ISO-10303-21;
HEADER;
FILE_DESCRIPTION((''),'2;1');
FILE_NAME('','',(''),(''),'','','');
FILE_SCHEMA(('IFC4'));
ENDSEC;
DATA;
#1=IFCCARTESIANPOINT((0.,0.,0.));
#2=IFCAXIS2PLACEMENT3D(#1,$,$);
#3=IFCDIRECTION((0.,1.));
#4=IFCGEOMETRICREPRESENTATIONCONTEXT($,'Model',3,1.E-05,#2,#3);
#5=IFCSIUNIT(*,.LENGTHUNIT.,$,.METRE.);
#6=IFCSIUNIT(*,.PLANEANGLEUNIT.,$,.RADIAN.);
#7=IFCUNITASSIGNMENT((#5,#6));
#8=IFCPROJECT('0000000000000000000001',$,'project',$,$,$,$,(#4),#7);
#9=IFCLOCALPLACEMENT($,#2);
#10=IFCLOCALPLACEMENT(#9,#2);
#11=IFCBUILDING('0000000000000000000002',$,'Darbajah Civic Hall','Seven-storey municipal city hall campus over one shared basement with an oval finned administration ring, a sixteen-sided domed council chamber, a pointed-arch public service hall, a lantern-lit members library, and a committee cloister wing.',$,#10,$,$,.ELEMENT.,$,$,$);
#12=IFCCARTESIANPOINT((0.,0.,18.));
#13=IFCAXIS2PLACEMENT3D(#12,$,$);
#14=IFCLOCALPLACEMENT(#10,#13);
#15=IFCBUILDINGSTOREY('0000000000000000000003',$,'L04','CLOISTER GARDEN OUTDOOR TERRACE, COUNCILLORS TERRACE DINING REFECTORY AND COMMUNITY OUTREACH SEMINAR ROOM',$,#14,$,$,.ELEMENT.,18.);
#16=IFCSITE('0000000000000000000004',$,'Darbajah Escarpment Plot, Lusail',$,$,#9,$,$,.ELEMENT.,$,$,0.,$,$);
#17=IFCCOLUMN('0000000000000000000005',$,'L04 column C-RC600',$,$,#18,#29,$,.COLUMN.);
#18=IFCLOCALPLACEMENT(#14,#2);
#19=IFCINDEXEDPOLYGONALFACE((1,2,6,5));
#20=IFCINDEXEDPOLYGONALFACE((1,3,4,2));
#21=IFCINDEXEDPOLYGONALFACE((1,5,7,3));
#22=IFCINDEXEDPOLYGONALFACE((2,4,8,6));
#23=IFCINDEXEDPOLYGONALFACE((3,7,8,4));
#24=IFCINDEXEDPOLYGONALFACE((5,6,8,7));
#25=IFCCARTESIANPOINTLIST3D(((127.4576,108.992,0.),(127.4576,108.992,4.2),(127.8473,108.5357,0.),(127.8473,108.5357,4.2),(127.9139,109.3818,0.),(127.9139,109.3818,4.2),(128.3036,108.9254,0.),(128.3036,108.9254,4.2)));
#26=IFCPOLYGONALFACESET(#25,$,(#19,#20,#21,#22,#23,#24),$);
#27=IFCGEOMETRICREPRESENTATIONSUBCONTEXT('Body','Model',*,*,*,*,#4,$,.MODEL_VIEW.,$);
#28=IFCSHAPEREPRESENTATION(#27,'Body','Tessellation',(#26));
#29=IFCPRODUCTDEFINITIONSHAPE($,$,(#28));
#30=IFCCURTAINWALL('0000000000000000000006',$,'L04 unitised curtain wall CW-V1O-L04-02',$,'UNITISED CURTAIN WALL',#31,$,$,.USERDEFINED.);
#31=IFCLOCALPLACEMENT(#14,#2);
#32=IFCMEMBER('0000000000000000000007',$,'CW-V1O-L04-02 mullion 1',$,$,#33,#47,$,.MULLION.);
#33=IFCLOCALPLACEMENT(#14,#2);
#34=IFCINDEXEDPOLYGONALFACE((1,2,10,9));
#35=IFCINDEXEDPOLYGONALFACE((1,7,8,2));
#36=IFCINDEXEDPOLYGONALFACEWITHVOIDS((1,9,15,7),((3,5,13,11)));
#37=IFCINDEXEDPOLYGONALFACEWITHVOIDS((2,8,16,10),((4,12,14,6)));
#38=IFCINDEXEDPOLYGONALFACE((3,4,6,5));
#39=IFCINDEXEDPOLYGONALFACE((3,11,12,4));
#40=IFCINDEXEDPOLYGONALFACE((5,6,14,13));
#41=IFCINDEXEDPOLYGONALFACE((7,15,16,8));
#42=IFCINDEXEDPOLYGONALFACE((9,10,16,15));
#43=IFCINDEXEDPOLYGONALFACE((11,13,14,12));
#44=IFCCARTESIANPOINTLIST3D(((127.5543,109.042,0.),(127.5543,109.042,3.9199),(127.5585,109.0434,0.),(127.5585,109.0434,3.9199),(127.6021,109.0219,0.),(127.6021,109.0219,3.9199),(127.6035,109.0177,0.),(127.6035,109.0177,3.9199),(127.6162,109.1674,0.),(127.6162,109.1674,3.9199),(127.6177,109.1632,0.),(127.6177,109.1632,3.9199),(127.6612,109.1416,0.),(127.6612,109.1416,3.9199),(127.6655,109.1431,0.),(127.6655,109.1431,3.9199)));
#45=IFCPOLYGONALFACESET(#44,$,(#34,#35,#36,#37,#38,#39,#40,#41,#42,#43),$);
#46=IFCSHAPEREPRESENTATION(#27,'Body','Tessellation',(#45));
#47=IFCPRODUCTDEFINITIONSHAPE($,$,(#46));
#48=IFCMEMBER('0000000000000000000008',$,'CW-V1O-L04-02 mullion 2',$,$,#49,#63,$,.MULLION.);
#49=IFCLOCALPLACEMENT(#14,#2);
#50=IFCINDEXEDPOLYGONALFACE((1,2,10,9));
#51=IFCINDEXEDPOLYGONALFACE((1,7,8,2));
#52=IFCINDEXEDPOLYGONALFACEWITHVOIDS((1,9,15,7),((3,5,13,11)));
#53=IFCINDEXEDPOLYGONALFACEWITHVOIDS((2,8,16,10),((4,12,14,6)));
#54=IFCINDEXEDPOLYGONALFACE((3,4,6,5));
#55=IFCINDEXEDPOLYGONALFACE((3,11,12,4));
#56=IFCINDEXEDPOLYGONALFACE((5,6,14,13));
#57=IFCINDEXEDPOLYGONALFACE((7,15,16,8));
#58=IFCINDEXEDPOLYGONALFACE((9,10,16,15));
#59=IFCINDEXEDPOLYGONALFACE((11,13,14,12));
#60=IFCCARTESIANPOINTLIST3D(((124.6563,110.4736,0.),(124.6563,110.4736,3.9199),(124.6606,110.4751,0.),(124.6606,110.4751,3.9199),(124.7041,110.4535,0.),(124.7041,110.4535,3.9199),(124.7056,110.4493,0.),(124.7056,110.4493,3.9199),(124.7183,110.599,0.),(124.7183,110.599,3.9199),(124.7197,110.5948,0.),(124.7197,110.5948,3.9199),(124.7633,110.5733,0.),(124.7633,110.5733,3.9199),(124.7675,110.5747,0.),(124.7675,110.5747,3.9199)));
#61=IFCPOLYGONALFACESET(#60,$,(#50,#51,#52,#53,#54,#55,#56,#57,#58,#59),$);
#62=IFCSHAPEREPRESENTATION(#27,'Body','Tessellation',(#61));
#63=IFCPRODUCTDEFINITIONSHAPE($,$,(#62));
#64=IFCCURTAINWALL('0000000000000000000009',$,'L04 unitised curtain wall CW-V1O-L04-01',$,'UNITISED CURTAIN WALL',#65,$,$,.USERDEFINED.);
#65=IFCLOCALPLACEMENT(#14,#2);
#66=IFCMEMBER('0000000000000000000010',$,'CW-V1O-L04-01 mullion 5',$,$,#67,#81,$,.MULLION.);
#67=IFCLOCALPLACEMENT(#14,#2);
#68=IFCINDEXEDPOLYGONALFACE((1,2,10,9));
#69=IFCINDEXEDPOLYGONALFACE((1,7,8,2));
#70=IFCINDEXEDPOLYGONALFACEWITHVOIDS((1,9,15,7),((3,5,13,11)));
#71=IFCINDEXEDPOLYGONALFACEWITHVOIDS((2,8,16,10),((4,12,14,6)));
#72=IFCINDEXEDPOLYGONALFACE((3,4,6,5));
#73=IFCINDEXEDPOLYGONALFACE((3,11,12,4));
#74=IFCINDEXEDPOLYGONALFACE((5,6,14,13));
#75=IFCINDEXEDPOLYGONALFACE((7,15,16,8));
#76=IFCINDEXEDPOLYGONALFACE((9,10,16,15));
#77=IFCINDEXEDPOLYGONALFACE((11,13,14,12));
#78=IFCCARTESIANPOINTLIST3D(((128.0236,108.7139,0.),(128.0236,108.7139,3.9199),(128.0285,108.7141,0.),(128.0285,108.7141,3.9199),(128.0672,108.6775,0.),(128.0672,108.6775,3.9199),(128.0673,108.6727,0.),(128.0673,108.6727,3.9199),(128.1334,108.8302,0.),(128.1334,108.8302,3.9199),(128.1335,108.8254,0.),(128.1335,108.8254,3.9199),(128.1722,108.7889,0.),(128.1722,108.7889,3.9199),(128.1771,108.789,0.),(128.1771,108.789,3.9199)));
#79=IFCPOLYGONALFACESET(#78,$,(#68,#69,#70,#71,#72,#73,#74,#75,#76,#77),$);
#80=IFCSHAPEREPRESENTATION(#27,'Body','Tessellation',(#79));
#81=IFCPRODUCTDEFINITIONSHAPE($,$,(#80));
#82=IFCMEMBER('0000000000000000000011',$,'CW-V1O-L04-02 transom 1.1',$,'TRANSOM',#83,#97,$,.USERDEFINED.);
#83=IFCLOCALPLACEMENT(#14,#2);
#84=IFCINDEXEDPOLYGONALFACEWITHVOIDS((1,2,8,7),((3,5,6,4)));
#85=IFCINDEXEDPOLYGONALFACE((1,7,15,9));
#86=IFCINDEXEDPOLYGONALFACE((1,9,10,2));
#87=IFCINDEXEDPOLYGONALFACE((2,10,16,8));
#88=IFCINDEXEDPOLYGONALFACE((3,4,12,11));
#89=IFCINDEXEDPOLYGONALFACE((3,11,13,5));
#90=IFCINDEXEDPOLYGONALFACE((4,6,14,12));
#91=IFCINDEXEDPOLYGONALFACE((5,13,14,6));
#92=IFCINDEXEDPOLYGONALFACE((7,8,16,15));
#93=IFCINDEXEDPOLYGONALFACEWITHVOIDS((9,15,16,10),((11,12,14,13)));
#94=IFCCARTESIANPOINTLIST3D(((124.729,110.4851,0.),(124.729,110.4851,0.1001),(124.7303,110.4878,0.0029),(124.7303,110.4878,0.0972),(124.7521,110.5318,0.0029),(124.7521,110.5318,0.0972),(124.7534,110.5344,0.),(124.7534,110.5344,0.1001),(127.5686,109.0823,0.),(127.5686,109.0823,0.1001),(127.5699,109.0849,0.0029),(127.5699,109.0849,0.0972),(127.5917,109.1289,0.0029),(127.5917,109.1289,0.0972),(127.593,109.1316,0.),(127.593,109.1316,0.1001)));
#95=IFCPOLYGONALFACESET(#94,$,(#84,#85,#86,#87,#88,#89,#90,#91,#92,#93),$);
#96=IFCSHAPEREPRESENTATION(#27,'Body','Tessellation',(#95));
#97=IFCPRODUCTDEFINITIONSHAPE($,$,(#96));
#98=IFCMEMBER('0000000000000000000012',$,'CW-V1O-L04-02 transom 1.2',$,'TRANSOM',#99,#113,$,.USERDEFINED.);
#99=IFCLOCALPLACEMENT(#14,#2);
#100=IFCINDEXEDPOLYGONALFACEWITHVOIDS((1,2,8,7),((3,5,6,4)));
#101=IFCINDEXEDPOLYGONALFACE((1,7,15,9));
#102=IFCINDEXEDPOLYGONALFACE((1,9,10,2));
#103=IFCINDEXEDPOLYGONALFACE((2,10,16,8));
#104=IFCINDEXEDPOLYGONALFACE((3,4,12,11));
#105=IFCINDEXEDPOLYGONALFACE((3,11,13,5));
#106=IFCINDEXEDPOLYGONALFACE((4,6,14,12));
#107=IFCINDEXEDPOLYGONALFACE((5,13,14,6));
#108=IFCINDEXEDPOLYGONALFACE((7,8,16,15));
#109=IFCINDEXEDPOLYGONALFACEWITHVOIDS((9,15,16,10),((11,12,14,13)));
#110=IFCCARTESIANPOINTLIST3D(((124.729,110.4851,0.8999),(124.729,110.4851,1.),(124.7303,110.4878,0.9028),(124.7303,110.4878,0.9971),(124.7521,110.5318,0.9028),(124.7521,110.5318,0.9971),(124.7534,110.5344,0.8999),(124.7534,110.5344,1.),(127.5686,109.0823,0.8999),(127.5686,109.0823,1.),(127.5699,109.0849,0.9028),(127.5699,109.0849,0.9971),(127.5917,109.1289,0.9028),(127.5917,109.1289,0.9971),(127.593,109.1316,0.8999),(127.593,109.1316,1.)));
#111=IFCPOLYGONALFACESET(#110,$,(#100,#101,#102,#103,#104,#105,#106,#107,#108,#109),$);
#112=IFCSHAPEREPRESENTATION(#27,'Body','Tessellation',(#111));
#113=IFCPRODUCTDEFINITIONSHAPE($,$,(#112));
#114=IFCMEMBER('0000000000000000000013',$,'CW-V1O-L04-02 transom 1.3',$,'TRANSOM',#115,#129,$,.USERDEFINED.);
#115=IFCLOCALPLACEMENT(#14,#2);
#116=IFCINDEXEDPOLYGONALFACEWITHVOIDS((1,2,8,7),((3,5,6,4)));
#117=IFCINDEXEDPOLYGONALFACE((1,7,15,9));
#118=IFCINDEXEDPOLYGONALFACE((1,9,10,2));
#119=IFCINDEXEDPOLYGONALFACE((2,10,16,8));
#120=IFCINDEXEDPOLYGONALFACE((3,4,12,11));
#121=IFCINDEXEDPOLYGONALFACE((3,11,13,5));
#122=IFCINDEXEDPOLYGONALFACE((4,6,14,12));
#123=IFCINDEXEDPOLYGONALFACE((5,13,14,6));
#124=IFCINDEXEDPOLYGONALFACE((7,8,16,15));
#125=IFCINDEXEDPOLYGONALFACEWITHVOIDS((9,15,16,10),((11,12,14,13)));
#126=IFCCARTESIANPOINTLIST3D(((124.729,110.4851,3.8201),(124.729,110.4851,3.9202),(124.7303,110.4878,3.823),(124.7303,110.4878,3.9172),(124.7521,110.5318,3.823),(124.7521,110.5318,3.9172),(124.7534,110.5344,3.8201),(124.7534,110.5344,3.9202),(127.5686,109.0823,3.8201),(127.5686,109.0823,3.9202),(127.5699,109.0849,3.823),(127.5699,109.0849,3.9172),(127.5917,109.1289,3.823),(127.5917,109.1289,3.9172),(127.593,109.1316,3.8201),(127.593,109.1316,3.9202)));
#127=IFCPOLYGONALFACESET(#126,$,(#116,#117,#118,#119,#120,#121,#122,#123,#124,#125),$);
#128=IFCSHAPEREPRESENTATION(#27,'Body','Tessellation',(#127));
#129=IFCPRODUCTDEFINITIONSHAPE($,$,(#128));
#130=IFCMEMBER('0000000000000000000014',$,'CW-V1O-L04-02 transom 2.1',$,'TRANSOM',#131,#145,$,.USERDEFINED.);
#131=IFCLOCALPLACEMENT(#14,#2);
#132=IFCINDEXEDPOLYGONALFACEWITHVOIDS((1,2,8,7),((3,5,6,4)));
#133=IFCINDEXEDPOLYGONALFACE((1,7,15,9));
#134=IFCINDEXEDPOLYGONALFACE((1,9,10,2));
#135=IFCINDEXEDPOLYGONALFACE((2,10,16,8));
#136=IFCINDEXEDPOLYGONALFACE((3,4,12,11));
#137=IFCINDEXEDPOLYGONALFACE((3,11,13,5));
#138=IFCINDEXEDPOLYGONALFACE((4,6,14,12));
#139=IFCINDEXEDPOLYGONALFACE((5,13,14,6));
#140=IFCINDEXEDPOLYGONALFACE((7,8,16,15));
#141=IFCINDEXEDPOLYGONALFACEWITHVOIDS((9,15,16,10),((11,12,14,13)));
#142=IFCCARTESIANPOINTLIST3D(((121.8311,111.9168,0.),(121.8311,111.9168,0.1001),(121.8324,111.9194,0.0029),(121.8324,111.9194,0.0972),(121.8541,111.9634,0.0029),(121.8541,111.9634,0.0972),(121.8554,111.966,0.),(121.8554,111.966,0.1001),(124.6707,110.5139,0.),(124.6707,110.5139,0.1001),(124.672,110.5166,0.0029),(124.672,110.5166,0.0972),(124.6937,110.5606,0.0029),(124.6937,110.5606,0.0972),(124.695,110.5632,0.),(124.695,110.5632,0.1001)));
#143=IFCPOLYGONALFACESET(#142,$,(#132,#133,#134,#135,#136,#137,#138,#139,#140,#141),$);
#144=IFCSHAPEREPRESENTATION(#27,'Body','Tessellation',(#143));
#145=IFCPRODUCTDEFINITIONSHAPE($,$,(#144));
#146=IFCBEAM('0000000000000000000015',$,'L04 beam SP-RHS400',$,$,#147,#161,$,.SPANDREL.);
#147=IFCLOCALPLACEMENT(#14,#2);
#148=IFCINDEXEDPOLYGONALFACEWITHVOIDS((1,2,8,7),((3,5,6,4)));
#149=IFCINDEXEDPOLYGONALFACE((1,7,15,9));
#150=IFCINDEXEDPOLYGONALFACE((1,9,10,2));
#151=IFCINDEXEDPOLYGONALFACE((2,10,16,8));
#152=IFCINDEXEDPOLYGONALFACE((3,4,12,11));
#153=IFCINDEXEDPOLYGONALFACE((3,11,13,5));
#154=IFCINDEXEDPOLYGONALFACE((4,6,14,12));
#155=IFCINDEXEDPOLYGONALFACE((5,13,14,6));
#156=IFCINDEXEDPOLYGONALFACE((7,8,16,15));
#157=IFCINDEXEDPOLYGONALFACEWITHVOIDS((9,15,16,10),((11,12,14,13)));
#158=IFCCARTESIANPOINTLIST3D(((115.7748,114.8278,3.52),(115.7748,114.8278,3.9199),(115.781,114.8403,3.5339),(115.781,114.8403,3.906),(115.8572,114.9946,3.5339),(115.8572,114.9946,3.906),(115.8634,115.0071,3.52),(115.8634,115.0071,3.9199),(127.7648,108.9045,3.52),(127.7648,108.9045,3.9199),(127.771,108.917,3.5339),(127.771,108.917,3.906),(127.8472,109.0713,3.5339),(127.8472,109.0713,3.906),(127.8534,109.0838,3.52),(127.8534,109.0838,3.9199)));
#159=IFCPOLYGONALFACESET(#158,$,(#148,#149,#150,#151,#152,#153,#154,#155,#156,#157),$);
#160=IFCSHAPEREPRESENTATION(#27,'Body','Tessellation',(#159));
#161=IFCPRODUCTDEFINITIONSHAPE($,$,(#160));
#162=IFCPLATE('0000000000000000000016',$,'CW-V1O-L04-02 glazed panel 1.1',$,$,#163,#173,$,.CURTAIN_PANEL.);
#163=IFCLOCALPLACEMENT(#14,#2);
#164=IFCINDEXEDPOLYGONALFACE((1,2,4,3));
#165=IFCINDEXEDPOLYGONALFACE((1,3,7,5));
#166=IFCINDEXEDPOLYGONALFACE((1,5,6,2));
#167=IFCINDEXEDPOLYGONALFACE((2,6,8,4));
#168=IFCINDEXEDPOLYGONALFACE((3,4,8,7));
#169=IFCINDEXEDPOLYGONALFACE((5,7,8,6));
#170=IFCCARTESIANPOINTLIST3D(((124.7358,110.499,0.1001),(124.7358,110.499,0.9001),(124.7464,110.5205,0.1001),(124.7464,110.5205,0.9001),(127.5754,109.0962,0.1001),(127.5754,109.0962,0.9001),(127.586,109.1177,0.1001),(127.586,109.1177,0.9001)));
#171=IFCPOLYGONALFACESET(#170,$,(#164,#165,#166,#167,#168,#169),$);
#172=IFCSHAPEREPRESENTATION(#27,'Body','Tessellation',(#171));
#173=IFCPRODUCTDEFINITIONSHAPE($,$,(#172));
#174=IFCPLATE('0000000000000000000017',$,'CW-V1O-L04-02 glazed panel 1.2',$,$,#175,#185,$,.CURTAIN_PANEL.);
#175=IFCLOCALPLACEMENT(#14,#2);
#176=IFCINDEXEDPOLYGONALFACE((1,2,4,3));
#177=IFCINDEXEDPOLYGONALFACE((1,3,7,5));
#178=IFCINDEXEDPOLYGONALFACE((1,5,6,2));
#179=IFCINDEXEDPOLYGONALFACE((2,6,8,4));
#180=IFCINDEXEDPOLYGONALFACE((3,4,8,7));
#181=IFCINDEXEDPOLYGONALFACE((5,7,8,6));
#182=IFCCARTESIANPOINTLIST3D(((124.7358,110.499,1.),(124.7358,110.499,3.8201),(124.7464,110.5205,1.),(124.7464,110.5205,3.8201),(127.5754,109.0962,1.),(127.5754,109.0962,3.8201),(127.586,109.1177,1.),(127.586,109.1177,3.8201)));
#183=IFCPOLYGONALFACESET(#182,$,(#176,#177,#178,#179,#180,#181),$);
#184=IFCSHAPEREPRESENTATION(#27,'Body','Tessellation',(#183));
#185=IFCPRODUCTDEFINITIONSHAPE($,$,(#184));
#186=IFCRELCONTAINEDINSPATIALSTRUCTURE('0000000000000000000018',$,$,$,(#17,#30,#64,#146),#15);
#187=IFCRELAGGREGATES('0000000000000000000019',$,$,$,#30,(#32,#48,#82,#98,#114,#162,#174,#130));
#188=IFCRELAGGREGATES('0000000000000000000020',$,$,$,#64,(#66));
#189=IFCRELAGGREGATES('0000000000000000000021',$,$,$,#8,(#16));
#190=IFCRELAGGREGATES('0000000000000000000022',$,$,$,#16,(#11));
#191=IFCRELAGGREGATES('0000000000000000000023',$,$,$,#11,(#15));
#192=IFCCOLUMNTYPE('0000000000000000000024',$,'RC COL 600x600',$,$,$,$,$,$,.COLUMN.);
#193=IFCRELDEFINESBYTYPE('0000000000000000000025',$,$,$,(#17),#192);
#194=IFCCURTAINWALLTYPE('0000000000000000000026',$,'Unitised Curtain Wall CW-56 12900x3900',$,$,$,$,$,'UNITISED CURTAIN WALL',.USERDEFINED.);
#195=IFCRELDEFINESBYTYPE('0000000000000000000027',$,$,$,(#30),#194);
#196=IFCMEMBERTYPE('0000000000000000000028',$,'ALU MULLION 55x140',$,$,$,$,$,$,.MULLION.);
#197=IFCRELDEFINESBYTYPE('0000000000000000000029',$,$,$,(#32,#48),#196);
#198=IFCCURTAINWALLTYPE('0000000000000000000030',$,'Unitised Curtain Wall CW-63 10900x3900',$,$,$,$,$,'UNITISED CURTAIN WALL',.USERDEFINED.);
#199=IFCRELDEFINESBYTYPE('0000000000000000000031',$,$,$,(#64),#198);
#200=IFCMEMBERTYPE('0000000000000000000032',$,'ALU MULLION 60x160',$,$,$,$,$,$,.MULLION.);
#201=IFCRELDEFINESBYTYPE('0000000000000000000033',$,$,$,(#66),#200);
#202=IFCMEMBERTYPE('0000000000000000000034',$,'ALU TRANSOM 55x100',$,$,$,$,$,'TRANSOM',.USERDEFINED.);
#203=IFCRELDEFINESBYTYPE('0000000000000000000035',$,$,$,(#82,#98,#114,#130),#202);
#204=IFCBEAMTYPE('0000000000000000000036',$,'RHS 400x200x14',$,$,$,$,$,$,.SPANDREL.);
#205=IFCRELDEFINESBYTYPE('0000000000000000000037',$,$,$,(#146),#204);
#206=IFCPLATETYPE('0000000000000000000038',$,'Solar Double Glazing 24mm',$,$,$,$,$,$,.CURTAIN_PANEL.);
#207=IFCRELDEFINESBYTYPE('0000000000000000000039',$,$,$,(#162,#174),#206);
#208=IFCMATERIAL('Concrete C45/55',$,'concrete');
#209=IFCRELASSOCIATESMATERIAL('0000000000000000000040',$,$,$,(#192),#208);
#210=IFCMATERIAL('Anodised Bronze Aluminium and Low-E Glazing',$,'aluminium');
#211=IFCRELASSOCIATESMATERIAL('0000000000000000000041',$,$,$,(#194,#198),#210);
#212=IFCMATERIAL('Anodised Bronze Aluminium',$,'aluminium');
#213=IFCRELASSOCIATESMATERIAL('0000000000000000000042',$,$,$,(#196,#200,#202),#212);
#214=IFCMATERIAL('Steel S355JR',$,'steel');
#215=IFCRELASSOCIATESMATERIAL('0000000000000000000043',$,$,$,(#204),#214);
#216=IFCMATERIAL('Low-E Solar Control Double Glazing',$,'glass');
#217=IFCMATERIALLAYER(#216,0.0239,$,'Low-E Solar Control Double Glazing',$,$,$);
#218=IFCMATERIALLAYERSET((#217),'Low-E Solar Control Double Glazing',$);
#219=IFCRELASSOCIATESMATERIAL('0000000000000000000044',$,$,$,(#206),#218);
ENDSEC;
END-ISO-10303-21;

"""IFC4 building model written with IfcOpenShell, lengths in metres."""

from ifc_helpers import new_model, si_unit, direction, frame, origin, origin_2d, place, context, subcontext, project, spatial, rectangle, hollow_rectangle, extrude, material, layer, layer_set, material_profile, profile_set, type_object, element, aggregate, save


model = new_model("IFC4")

# Units and contexts
model_context = context("Model", 3, precision=1e-05, world=origin(), true_north=direction((0.0, 1.0)))
body_context = subcontext(model_context, "Body", "Model", "MODEL_VIEW")
ifc_project = project(units=[si_unit("LENGTHUNIT", "METRE"), si_unit("PLANEANGLEUNIT", "RADIAN")], contexts=[model_context])

# Site, building, storey
site_placement = place(None, origin())
site = spatial("IfcSite", under=ifc_project, at=site_placement, Name="Darbajah Escarpment Plot, Lusail", CompositionType="ELEMENT", RefElevation=0.0)
building_placement = place(site_placement, origin())
building = spatial("IfcBuilding", under=site, at=building_placement, Name="Darbajah Civic Hall", Description="Seven-storey municipal city hall campus over one shared basement with an oval finned administration ring, a sixteen-sided domed council chamber, a pointed-arch public service hall, a lantern-lit members library, and a committee cloister wing.", CompositionType="ELEMENT")
storey_placement = place(building_placement, frame((0.0, 0.0, 18.0)))
storey = spatial("IfcBuildingStorey", under=building, at=storey_placement, Name="L04", Description="CLOISTER GARDEN OUTDOOR TERRACE, COUNCILLORS TERRACE DINING REFECTORY AND COMMUNITY OUTREACH SEMINAR ROOM", CompositionType="ELEMENT", Elevation=18.0)

# Column
ifc_material_1 = material(Name="Concrete C45/55", Category="concrete")
ifc_material_profile_1 = material_profile(ifc_material_1, rectangle(XDim=0.6001, YDim=0.6001, at=origin_2d()), Name="RC COL 600x600")
ifc_profile_set_1 = profile_set([ifc_material_profile_1], Name="Concrete C45/55")
column_type = type_object("IfcColumnType", Name="RC COL 600x600", PredefinedType="COLUMN", material=ifc_profile_set_1)
column_placement = place(storey_placement, frame((127.8806, 108.9587, 0.0), z_axis=(0.0, 0.0, 1.0), x_axis=(0.760406, 0.649448, 0.0)))
element("IfcColumn", 1, at=column_placement, inside=storey, type_object=column_type, Name="L04 column C-RC600", PredefinedType="COLUMN", context=body_context, shape_type="SweptSolid", body=[
    extrude(rectangle(XDim=0.6001, YDim=0.6001, at=origin_2d()), origin(), (0.0, 0.0, 1.0), 4.2),
])

# Curtain wall, members
ifc_material_2 = material(Name="Anodised Bronze Aluminium and Low-E Glazing", Category="aluminium")
curtain_wall_type_1 = type_object("IfcCurtainWallType", Name="Unitised Curtain Wall CW-56 12900x3900", ElementType="UNITISED CURTAIN WALL", PredefinedType="USERDEFINED", material=ifc_material_2)
curtain_wall_1_placement = place(storey_placement, origin())
curtain_wall_1 = element("IfcCurtainWall", 2, at=curtain_wall_1_placement, inside=storey, type_object=curtain_wall_type_1, Name="L04 unitised curtain wall CW-V1O-L04-02", ObjectType="UNITISED CURTAIN WALL", PredefinedType="USERDEFINED")
ifc_material_3 = material(Name="Anodised Bronze Aluminium", Category="aluminium")
ifc_material_profile_2 = material_profile(ifc_material_3, hollow_rectangle(XDim=0.0549, YDim=0.1399, WallThickness=0.0032, at=origin_2d()), Name="ALU MULLION 55x140")
ifc_profile_set_2 = profile_set([ifc_material_profile_2], Name="Anodised Bronze Aluminium")
member_type_1 = type_object("IfcMemberType", Name="ALU MULLION 55x140", PredefinedType="MULLION", material=ifc_profile_set_2)
member_1_placement = place(storey_placement, frame((127.6099, 109.0925, 0.0), z_axis=(0.0, 0.0, 1.0), x_axis=(-0.896564, 0.442915, 0.0)))
member_1 = element("IfcMember", 3, at=member_1_placement, type_object=member_type_1, Name="CW-V1O-L04-02 mullion 1", PredefinedType="MULLION", context=body_context, shape_type="SweptSolid", body=[
    extrude(hollow_rectangle(XDim=0.0549, YDim=0.1399, WallThickness=0.0032, at=origin_2d()), origin(), (0.0, 0.0, 1.0), 3.9199),
])
member_2_placement = place(storey_placement, frame((124.7119, 110.5242, 0.0), z_axis=(0.0, 0.0, 1.0), x_axis=(-0.896564, 0.442915, 0.0)))
member_2 = element("IfcMember", 4, at=member_2_placement, type_object=member_type_1, Name="CW-V1O-L04-02 mullion 2", PredefinedType="MULLION", context=body_context, shape_type="SweptSolid", body=[
    extrude(hollow_rectangle(XDim=0.0549, YDim=0.1399, WallThickness=0.0032, at=origin_2d()), origin(), (0.0, 0.0, 1.0), 3.9199),
])

# Curtain wall, member
curtain_wall_type_2 = type_object("IfcCurtainWallType", Name="Unitised Curtain Wall CW-63 10900x3900", ElementType="UNITISED CURTAIN WALL", PredefinedType="USERDEFINED", material=ifc_material_2)
curtain_wall_2_placement = place(storey_placement, origin())
curtain_wall_2 = element("IfcCurtainWall", 5, at=curtain_wall_2_placement, inside=storey, type_object=curtain_wall_type_2, Name="L04 unitised curtain wall CW-V1O-L04-01", ObjectType="UNITISED CURTAIN WALL", PredefinedType="USERDEFINED")
ifc_material_profile_3 = material_profile(ifc_material_3, hollow_rectangle(XDim=0.0601, YDim=0.1599, WallThickness=0.0034, at=origin_2d()), Name="ALU MULLION 60x160")
ifc_profile_set_3 = profile_set([ifc_material_profile_3], Name="Anodised Bronze Aluminium")
member_type_2 = type_object("IfcMemberType", Name="ALU MULLION 60x160", PredefinedType="MULLION", material=ifc_profile_set_3)
member_3_placement = place(storey_placement, frame((128.1003, 108.7515, 0.0), z_axis=(0.0, 0.0, 1.0), x_axis=(-0.727174, 0.686453, 0.0)))
member_3 = element("IfcMember", 6, at=member_3_placement, type_object=member_type_2, Name="CW-V1O-L04-01 mullion 5", PredefinedType="MULLION", context=body_context, shape_type="SweptSolid", body=[
    extrude(hollow_rectangle(XDim=0.0601, YDim=0.1599, WallThickness=0.0034, at=origin_2d()), origin(), (0.0, 0.0, 1.0), 3.9199),
])

# Members
ifc_material_profile_4 = material_profile(ifc_material_3, hollow_rectangle(XDim=0.0549, YDim=0.1001, WallThickness=0.0029, at=origin_2d()), Name="ALU TRANSOM 55x100")
ifc_profile_set_4 = profile_set([ifc_material_profile_4], Name="Anodised Bronze Aluminium")
member_type_3 = type_object("IfcMemberType", Name="ALU TRANSOM 55x100", ElementType="TRANSOM", PredefinedType="USERDEFINED", material=ifc_profile_set_4)
member_4_placement = place(storey_placement, frame((127.5808, 109.1069, 0.05), z_axis=(-0.89656, 0.442923, 0.0), x_axis=(-0.442923, -0.89656, 0.0)))
member_4 = element("IfcMember", 7, at=member_4_placement, type_object=member_type_3, Name="CW-V1O-L04-02 transom 1.1", ObjectType="TRANSOM", PredefinedType="USERDEFINED", context=body_context, shape_type="SweptSolid", body=[
    extrude(hollow_rectangle(XDim=0.0549, YDim=0.1001, WallThickness=0.0029, at=origin_2d()), origin(), (0.0, 0.0, 1.0), 3.1672),
])
member_5_placement = place(storey_placement, frame((127.5808, 109.1069, 0.95), z_axis=(-0.89656, 0.442923, 0.0), x_axis=(-0.442923, -0.89656, 0.0)))
member_5 = element("IfcMember", 8, at=member_5_placement, type_object=member_type_3, Name="CW-V1O-L04-02 transom 1.2", ObjectType="TRANSOM", PredefinedType="USERDEFINED", context=body_context, shape_type="SweptSolid", body=[
    extrude(hollow_rectangle(XDim=0.0549, YDim=0.1001, WallThickness=0.0029, at=origin_2d()), origin(), (0.0, 0.0, 1.0), 3.1672),
])
member_6_placement = place(storey_placement, frame((127.5808, 109.1069, 3.8701), z_axis=(-0.89656, 0.442923, 0.0), x_axis=(-0.442923, -0.89656, 0.0)))
member_6 = element("IfcMember", 9, at=member_6_placement, type_object=member_type_3, Name="CW-V1O-L04-02 transom 1.3", ObjectType="TRANSOM", PredefinedType="USERDEFINED", context=body_context, shape_type="SweptSolid", body=[
    extrude(hollow_rectangle(XDim=0.0549, YDim=0.1001, WallThickness=0.0029, at=origin_2d()), origin(), (0.0, 0.0, 1.0), 3.1672),
])
member_7_placement = place(storey_placement, frame((124.6829, 110.5386, 0.05), z_axis=(-0.89656, 0.442923, 0.0), x_axis=(-0.442923, -0.89656, 0.0)))
member_7 = element("IfcMember", 10, at=member_7_placement, type_object=member_type_3, Name="CW-V1O-L04-02 transom 2.1", ObjectType="TRANSOM", PredefinedType="USERDEFINED", context=body_context, shape_type="SweptSolid", body=[
    extrude(hollow_rectangle(XDim=0.0549, YDim=0.1001, WallThickness=0.0029, at=origin_2d()), origin(), (0.0, 0.0, 1.0), 3.1672),
])

# Beam
ifc_material_4 = material(Name="Steel S355JR", Category="steel")
ifc_material_profile_5 = material_profile(ifc_material_4, hollow_rectangle(XDim=0.2, YDim=0.3999, WallThickness=0.0139, at=origin_2d()), Name="RHS 400x200x14")
ifc_profile_set_5 = profile_set([ifc_material_profile_5], Name="Steel S355JR")
beam_type = type_object("IfcBeamType", Name="RHS 400x200x14", PredefinedType="SPANDREL", material=ifc_profile_set_5)
beam_placement = place(storey_placement, frame((127.8091, 108.9941, 3.72), z_axis=(-0.89656, 0.442922, 0.0), x_axis=(-0.442922, -0.89656, 0.0)))
element("IfcBeam", 11, at=beam_placement, inside=storey, type_object=beam_type, Name="L04 beam SP-RHS400", PredefinedType="SPANDREL", context=body_context, shape_type="SweptSolid", body=[
    extrude(hollow_rectangle(XDim=0.2, YDim=0.3999, WallThickness=0.0139, at=origin_2d()), origin(), (0.0, 0.0, 1.0), 13.3733),
])

# Plates
ifc_material_5 = material(Name="Low-E Solar Control Double Glazing", Category="glass")
ifc_layer_1 = layer(ifc_material_5, 0.0239, Name="Low-E Solar Control Double Glazing")
ifc_layer_set_1 = layer_set([ifc_layer_1], Name="Low-E Solar Control Double Glazing")
plate_type_1 = type_object("IfcPlateType", Name="Solar Double Glazing 24mm", PredefinedType="CURTAIN_PANEL", material=ifc_layer_set_1)
plate_1_placement = place(storey_placement, frame((126.1609, 109.8083, 0.1001), z_axis=(0.0, 0.0, 1.0), x_axis=(-0.896564, 0.442915, 0.0)))
plate_1 = element("IfcPlate", 12, at=plate_1_placement, type_object=plate_type_1, Name="CW-V1O-L04-02 glazed panel 1.1", PredefinedType="CURTAIN_PANEL", context=body_context, shape_type="SweptSolid", body=[
    extrude(rectangle(XDim=3.1672, YDim=0.0239, at=origin_2d()), origin(), (0.0, 0.0, 1.0), 0.8),
])
plate_2_placement = place(storey_placement, frame((126.1609, 109.8083, 1.0), z_axis=(0.0, 0.0, 1.0), x_axis=(-0.896564, 0.442915, 0.0)))
plate_2 = element("IfcPlate", 13, at=plate_2_placement, type_object=plate_type_1, Name="CW-V1O-L04-02 glazed panel 1.2", PredefinedType="CURTAIN_PANEL", context=body_context, shape_type="SweptSolid", body=[
    extrude(rectangle(XDim=3.1672, YDim=0.0239, at=origin_2d()), origin(), (0.0, 0.0, 1.0), 2.8201),
])
aggregate(curtain_wall_1, [member_1, member_2, member_4, member_5, member_6, plate_1, plate_2, member_7])
aggregate(curtain_wall_2, [member_3])

save(model, "model.ifc")
